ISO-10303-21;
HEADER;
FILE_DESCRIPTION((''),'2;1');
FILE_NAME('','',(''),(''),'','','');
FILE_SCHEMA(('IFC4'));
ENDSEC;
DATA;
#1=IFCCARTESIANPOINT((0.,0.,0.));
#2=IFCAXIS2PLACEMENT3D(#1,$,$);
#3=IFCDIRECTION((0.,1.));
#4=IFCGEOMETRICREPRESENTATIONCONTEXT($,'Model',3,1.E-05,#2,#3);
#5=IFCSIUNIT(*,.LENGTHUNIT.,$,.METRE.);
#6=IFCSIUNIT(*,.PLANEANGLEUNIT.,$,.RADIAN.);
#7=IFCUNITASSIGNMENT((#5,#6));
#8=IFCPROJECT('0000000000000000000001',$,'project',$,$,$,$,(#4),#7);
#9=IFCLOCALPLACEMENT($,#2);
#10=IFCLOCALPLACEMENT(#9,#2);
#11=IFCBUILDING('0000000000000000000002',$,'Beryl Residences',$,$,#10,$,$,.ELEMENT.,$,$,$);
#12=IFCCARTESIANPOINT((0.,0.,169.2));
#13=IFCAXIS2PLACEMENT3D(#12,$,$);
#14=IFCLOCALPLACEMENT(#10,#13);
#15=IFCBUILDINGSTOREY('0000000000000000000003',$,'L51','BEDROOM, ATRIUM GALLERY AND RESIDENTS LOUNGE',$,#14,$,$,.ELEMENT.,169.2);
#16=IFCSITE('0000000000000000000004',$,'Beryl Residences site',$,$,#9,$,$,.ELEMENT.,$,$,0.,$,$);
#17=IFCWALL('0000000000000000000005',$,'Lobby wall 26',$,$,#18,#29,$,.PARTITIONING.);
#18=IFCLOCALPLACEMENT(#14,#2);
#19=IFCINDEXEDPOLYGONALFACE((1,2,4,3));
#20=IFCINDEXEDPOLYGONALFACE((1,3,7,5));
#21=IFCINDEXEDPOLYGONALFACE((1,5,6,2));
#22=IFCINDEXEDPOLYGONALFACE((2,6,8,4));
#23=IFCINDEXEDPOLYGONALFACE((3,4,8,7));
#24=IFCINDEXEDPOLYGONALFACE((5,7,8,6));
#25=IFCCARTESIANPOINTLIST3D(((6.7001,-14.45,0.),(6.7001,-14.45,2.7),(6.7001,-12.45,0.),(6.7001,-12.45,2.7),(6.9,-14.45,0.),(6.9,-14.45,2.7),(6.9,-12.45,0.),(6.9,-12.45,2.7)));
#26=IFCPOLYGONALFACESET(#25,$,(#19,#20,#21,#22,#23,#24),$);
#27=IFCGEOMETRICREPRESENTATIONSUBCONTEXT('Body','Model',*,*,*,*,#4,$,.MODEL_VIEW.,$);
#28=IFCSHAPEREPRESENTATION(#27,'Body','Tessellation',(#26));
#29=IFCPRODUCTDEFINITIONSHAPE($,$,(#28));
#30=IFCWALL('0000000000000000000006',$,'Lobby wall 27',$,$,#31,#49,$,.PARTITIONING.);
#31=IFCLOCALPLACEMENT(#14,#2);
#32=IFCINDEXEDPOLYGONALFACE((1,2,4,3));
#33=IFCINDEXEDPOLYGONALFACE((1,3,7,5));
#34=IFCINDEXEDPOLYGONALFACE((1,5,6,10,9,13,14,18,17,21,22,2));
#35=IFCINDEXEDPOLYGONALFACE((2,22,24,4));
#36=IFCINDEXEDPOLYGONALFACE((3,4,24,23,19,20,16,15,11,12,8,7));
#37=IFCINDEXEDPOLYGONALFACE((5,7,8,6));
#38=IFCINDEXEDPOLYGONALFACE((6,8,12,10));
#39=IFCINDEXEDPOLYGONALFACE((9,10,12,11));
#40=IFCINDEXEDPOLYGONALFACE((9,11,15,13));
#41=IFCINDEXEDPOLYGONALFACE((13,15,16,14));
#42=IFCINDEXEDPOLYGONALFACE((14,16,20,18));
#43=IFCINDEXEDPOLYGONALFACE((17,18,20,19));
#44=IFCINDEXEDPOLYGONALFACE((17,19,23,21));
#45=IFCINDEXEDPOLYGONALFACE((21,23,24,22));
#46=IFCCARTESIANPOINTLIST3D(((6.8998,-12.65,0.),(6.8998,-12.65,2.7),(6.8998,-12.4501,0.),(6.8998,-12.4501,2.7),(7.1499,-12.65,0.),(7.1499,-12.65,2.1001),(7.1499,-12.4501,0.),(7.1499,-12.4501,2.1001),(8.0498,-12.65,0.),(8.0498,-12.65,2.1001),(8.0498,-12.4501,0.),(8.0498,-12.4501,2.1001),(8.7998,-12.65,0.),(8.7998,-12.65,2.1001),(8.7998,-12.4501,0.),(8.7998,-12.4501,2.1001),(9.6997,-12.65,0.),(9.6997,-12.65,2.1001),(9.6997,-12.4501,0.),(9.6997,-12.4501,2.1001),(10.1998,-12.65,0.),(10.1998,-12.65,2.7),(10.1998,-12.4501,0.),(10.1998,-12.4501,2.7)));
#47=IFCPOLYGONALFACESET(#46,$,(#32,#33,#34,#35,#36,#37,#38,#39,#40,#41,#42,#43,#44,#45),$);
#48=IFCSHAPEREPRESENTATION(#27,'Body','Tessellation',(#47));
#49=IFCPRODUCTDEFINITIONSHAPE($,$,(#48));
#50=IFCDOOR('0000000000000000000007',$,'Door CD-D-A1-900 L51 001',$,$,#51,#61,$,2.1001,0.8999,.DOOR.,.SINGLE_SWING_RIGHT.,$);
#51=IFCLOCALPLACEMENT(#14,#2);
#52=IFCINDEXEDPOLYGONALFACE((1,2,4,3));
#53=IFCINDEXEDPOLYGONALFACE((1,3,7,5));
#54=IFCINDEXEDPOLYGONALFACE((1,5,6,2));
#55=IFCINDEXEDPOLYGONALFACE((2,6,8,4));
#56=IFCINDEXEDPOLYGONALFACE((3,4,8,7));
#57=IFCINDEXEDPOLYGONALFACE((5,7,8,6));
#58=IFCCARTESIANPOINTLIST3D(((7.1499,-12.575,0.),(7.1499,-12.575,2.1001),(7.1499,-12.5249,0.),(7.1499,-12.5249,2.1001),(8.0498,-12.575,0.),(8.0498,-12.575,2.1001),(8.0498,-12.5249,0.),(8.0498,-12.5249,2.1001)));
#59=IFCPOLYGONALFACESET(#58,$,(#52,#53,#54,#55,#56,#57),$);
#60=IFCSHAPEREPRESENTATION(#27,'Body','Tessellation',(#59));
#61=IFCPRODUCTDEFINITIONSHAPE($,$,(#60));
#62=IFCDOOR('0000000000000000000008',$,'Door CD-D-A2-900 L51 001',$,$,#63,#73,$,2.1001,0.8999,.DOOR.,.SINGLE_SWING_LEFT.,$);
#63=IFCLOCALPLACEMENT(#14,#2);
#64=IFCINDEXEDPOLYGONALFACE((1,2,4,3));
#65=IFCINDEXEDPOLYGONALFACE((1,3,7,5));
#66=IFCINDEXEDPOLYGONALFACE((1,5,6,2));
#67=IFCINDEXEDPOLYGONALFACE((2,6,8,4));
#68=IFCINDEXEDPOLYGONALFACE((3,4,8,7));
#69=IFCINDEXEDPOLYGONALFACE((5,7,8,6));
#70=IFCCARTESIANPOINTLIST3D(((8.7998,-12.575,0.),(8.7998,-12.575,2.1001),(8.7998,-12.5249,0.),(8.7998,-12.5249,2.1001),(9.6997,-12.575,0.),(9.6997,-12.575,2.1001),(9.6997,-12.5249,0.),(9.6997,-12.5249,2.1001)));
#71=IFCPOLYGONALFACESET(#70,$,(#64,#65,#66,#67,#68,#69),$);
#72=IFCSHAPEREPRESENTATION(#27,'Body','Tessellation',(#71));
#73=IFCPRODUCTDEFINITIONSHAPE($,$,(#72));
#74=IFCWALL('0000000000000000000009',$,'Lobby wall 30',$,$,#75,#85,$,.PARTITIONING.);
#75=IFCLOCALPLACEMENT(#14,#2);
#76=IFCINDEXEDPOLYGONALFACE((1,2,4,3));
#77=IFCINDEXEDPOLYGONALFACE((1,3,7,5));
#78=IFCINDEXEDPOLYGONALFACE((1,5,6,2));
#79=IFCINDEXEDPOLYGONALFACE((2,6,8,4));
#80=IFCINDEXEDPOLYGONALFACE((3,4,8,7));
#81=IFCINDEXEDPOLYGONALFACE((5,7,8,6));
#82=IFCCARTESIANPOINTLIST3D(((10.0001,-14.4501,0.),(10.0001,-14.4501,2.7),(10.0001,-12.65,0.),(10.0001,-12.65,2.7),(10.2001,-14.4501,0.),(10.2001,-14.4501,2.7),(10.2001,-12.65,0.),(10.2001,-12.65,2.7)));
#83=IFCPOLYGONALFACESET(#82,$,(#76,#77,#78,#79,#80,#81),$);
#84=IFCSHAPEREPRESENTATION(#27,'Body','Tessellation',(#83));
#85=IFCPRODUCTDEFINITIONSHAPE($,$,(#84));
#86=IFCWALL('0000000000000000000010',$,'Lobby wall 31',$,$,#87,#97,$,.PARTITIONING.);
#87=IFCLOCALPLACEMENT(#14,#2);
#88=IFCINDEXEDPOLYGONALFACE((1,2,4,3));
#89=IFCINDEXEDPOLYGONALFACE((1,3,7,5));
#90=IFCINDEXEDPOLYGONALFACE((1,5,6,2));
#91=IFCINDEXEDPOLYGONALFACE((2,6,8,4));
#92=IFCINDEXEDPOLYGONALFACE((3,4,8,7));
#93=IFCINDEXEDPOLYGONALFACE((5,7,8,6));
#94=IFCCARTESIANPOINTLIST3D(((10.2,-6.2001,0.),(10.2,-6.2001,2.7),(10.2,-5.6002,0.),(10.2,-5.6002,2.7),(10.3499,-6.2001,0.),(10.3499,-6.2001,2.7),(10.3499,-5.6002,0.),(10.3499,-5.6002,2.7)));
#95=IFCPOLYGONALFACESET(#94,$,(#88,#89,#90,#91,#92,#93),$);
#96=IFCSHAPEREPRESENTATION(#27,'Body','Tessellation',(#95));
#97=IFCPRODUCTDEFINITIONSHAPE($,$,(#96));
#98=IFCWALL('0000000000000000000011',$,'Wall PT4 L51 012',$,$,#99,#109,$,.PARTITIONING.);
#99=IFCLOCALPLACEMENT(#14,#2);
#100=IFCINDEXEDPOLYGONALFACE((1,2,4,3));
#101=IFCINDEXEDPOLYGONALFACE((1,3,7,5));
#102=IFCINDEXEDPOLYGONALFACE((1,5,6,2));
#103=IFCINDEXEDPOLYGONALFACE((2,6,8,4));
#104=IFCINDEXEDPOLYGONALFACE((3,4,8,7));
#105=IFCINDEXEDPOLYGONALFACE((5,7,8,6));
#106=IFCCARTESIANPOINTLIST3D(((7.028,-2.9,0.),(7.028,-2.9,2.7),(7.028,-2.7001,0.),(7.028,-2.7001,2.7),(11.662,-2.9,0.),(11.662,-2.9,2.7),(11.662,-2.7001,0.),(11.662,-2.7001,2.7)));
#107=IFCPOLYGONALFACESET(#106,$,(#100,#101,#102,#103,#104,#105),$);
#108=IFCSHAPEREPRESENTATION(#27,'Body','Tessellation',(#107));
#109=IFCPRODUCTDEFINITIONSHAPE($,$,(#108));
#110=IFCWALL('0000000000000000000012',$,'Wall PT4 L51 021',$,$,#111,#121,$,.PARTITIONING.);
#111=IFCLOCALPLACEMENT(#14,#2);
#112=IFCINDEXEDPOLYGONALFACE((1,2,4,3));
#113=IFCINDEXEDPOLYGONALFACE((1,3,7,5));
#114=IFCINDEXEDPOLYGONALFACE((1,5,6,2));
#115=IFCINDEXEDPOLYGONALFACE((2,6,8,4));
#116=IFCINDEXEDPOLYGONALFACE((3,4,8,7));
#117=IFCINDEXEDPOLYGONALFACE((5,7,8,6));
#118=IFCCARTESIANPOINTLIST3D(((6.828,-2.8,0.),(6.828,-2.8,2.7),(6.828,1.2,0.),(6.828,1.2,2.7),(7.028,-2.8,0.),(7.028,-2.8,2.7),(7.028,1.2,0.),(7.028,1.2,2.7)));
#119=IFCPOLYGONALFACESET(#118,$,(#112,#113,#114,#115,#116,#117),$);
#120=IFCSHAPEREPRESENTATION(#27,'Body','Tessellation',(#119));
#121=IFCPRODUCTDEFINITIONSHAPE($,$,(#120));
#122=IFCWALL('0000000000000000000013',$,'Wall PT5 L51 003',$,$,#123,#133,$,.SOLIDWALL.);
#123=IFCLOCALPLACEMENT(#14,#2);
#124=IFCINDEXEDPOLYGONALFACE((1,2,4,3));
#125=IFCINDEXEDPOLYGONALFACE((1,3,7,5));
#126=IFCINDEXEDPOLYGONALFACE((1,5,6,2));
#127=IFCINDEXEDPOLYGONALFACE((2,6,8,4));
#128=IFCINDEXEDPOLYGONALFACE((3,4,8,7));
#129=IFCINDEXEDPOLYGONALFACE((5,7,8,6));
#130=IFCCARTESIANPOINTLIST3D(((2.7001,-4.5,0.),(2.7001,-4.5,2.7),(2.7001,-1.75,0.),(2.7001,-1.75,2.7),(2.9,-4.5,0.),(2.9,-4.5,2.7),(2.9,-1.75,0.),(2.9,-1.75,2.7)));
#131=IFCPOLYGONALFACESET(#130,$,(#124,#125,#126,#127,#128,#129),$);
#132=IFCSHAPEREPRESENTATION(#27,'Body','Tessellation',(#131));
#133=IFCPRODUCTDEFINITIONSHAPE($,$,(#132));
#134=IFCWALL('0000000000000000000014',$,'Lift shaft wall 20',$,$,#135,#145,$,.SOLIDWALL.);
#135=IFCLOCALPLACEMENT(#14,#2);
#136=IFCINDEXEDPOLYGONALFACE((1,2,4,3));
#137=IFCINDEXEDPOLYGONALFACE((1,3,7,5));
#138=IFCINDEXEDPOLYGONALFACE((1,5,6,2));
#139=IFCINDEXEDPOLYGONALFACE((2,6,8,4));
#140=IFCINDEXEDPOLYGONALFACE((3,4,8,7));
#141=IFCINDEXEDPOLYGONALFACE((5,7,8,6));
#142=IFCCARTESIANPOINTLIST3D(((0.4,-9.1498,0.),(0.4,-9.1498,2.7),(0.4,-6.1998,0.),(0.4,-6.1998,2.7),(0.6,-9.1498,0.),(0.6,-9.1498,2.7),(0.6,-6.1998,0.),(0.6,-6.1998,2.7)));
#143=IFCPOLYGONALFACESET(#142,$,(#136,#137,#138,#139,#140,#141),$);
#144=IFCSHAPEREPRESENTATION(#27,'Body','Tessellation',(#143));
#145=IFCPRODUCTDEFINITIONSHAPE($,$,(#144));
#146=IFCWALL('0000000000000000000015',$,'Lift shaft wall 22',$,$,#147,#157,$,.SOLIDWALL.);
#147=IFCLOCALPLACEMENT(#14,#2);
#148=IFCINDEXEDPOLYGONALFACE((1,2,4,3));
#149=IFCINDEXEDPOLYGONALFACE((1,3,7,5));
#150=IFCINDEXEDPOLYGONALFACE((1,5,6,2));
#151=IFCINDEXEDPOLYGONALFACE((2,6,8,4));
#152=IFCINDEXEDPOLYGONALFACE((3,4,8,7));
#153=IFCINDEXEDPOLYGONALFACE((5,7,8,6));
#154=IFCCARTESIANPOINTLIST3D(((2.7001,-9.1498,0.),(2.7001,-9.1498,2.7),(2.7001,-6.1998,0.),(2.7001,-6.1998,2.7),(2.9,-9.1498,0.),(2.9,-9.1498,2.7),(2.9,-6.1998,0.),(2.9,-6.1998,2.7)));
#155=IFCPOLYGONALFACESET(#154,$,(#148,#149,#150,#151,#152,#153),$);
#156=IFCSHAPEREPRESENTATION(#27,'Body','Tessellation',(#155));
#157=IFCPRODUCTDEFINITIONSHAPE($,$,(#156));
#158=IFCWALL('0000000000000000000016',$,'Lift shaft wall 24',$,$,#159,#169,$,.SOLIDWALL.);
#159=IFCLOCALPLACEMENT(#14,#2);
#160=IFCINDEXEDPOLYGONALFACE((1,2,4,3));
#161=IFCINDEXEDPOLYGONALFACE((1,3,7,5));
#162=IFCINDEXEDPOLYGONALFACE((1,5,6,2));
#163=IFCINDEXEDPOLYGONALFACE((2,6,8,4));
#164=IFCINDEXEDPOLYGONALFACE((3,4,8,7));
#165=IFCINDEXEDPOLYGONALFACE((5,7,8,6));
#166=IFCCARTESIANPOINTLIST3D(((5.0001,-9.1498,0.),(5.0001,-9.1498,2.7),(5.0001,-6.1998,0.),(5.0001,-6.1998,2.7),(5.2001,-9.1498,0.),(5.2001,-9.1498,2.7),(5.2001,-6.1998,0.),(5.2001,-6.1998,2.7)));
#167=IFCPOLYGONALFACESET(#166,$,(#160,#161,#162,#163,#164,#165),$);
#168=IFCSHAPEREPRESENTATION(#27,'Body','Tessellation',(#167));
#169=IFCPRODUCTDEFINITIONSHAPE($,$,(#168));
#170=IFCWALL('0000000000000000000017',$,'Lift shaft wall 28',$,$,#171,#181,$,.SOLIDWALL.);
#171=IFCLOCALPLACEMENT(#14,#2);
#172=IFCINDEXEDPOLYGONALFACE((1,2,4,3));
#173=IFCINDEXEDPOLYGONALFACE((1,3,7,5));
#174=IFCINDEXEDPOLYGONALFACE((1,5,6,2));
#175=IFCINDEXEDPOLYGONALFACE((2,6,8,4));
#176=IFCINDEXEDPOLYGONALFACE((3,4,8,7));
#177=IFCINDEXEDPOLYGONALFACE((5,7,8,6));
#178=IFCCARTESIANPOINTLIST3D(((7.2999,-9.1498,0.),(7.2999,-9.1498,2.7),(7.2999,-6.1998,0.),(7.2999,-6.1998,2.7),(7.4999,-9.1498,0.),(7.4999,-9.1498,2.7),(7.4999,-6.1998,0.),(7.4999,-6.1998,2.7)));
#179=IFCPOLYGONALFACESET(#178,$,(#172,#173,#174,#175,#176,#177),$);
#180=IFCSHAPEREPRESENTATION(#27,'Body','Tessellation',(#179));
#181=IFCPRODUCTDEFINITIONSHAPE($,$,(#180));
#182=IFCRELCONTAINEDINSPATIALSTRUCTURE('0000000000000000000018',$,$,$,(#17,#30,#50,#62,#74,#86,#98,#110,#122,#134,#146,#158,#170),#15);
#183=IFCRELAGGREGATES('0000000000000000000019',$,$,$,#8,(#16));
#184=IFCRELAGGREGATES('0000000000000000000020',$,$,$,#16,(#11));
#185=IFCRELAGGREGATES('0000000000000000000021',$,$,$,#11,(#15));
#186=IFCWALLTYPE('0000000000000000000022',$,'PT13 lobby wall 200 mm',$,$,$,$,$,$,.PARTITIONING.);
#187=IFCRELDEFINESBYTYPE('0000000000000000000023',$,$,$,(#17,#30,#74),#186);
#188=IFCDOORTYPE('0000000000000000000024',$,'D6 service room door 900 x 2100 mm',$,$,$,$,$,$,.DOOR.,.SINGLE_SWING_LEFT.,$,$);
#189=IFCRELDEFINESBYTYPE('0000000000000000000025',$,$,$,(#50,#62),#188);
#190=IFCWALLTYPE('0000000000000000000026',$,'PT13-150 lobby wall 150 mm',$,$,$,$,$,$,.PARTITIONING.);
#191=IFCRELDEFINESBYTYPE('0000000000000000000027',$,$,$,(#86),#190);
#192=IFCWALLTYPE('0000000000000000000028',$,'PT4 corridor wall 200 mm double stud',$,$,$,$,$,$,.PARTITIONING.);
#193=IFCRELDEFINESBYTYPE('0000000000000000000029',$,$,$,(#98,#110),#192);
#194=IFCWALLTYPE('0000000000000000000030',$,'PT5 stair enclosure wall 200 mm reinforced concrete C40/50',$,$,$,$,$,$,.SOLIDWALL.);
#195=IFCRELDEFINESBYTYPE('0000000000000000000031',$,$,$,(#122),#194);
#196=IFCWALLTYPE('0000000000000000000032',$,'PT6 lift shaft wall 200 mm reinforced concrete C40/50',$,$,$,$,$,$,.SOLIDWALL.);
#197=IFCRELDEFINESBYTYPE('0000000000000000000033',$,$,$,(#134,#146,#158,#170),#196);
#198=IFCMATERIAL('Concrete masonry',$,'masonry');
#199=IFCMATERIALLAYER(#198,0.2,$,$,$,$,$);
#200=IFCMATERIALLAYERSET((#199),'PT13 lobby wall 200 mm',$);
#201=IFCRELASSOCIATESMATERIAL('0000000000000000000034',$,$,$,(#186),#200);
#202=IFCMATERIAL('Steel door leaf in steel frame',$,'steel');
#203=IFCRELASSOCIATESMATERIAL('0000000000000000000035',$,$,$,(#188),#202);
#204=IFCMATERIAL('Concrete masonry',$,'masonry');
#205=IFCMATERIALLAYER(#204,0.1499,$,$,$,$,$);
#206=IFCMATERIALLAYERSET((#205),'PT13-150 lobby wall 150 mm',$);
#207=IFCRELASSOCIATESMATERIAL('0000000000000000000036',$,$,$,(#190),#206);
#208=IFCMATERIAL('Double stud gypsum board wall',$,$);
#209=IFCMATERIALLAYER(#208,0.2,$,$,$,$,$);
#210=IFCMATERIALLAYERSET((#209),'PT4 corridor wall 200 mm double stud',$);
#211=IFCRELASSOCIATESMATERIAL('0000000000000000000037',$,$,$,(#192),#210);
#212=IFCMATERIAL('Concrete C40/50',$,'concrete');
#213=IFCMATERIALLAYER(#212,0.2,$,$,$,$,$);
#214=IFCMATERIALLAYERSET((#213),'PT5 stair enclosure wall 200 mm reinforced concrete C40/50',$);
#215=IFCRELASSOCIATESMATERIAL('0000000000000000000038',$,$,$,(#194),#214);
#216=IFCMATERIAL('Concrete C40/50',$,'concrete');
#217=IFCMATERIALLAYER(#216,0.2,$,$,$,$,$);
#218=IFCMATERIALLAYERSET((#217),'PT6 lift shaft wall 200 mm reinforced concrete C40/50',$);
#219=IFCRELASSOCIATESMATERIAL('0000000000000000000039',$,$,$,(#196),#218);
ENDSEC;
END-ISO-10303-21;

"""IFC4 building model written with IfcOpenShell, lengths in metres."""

from ifc_helpers import new_model, si_unit, direction, frame, frame_2d, origin, place, context, subcontext, project, spatial, rectangle, extrude, material, layer, layer_set, type_object, element, fill, save


model = new_model("IFC4")

# Units and contexts
model_context = context("Model", 3, precision=1e-05, world=origin(), true_north=direction((0.0, 1.0)))
body_context = subcontext(model_context, "Body", "Model", "MODEL_VIEW")
ifc_project = project(units=[si_unit("LENGTHUNIT", "METRE"), si_unit("PLANEANGLEUNIT", "RADIAN")], contexts=[model_context])

# Site, building, storey
site_placement = place(None, origin())
site = spatial("IfcSite", under=ifc_project, at=site_placement, Name="Beryl Residences site", CompositionType="ELEMENT", RefElevation=0.0)
building_placement = place(site_placement, origin())
building = spatial("IfcBuilding", under=site, at=building_placement, Name="Beryl Residences", CompositionType="ELEMENT")
storey_placement = place(building_placement, frame((0.0, 0.0, 169.2)))
storey = spatial("IfcBuildingStorey", under=building, at=storey_placement, Name="L51", Description="BEDROOM, ATRIUM GALLERY AND RESIDENTS LOUNGE", CompositionType="ELEMENT", Elevation=169.2)

# Wall
ifc_material_1 = material(Name="Concrete masonry", Category="masonry")
ifc_layer_1 = layer(ifc_material_1, 0.2)
ifc_layer_set_1 = layer_set([ifc_layer_1], Name="PT13 lobby wall 200 mm")
wall_type_1 = type_object("IfcWallType", Name="PT13 lobby wall 200 mm", PredefinedType="PARTITIONING", material=ifc_layer_set_1)
wall_1_placement = place(storey_placement, frame((6.8, -14.45, 0.0), z_axis=(0.0, 0.0, 1.0), x_axis=(0.0, 1.0, 0.0)))
element("IfcWall", 1, at=wall_1_placement, inside=storey, type_object=wall_type_1, Name="Lobby wall 26", PredefinedType="PARTITIONING", context=body_context, shape_type="SweptSolid", body=[
    extrude(rectangle(XDim=2.0, YDim=0.2, at=frame_2d((1.0, 0.0))), origin(), (0.0, 0.0, 1.0), 2.7),
])

# Wall, openings, doors
wall_2_placement = place(storey_placement, frame((6.8999, -12.55, 0.0), z_axis=(0.0, 0.0, 1.0), x_axis=(1.0, 0.0, 0.0)))
wall_2 = element("IfcWall", 2, at=wall_2_placement, inside=storey, type_object=wall_type_1, Name="Lobby wall 27", PredefinedType="PARTITIONING", context=body_context, shape_type="SweptSolid", body=[
    extrude(rectangle(XDim=3.3, YDim=0.2, at=frame_2d((1.6499, 0.0))), origin(), (0.0, 0.0, 1.0), 2.7),
])
opening_1_placement = place(wall_2_placement, frame((1.1499, 0.0, 0.0), z_axis=(0.0, 0.0, 1.0), x_axis=(-1.0, 0.0, 0.0)))
opening_1 = element("IfcOpeningElement", 3, at=opening_1_placement, cuts=wall_2, PredefinedType="OPENING", context=body_context, shape_type="SweptSolid", body=[
    extrude(rectangle(XDim=0.8999, YDim=2.1001, at=frame_2d((0.45, 1.05))), frame((0.0, 0.1099, 0.0), z_axis=(0.0, -1.0, 0.0), x_axis=(1.0, 0.0, 0.0)), (0.0, 0.0, 1.0), 0.22),
])
opening_2_placement = place(wall_2_placement, frame((2.7998, 0.0, 0.0), z_axis=(0.0, 0.0, 1.0), x_axis=(-1.0, 0.0, 0.0)))
opening_2 = element("IfcOpeningElement", 4, at=opening_2_placement, cuts=wall_2, PredefinedType="OPENING", context=body_context, shape_type="SweptSolid", body=[
    extrude(rectangle(XDim=0.8999, YDim=2.1001, at=frame_2d((0.45, 1.05))), frame((0.0, 0.1099, 0.0), z_axis=(0.0, -1.0, 0.0), x_axis=(1.0, 0.0, 0.0)), (0.0, 0.0, 1.0), 0.22),
])
ifc_material_2 = material(Name="Steel door leaf in steel frame", Category="steel")
door_type = type_object("IfcDoorType", Name="D6 service room door 900 x 2100 mm", OperationType="SINGLE_SWING_LEFT", PredefinedType="DOOR", material=ifc_material_2)
door_1_placement = place(opening_1_placement, origin())
door_1 = element("IfcDoor", 5, at=door_1_placement, inside=storey, type_object=door_type, Name="Door CD-D-A1-900 L51 001", OperationType="SINGLE_SWING_RIGHT", OverallHeight=2.1001, OverallWidth=0.8999, PredefinedType="DOOR", context=body_context, shape_type="SweptSolid", body=[
    extrude(rectangle(XDim=0.8999, YDim=2.1001, at=frame_2d((0.45, 1.05))), frame((0.0, 0.0249, 0.0), z_axis=(0.0, -1.0, 0.0), x_axis=(1.0, 0.0, 0.0)), (0.0, 0.0, 1.0), 0.05),
])
fill(opening_1, door_1)
door_2_placement = place(opening_2_placement, origin())
door_2 = element("IfcDoor", 6, at=door_2_placement, inside=storey, type_object=door_type, Name="Door CD-D-A2-900 L51 001", OperationType="SINGLE_SWING_LEFT", OverallHeight=2.1001, OverallWidth=0.8999, PredefinedType="DOOR", context=body_context, shape_type="SweptSolid", body=[
    extrude(rectangle(XDim=0.8999, YDim=2.1001, at=frame_2d((0.45, 1.05))), frame((0.0, 0.0249, 0.0), z_axis=(0.0, -1.0, 0.0), x_axis=(1.0, 0.0, 0.0)), (0.0, 0.0, 1.0), 0.05),
])
fill(opening_2, door_2)

# Walls
wall_3_placement = place(storey_placement, frame((10.1001, -14.45, 0.0), z_axis=(0.0, 0.0, 1.0), x_axis=(0.0, 1.0, 0.0)))
element("IfcWall", 7, at=wall_3_placement, inside=storey, type_object=wall_type_1, Name="Lobby wall 30", PredefinedType="PARTITIONING", context=body_context, shape_type="SweptSolid", body=[
    extrude(rectangle(XDim=1.8, YDim=0.2, at=frame_2d((0.8999, 0.0))), origin(), (0.0, 0.0, 1.0), 2.7),
])
ifc_material_3 = material(Name="Concrete masonry", Category="masonry")
ifc_layer_2 = layer(ifc_material_3, 0.1499)
ifc_layer_set_2 = layer_set([ifc_layer_2], Name="PT13-150 lobby wall 150 mm")
wall_type_2 = type_object("IfcWallType", Name="PT13-150 lobby wall 150 mm", PredefinedType="PARTITIONING", material=ifc_layer_set_2)
wall_4_placement = place(storey_placement, frame((10.2749, -6.2, 0.0), z_axis=(0.0, 0.0, 1.0), x_axis=(0.0, 1.0, 0.0)))
element("IfcWall", 8, at=wall_4_placement, inside=storey, type_object=wall_type_2, Name="Lobby wall 31", PredefinedType="PARTITIONING", context=body_context, shape_type="SweptSolid", body=[
    extrude(rectangle(XDim=0.5999, YDim=0.1499, at=frame_2d((0.2998, 0.0))), origin(), (0.0, 0.0, 1.0), 2.7),
])
ifc_material_4 = material(Name="Double stud gypsum board wall")
ifc_layer_3 = layer(ifc_material_4, 0.2)
ifc_layer_set_3 = layer_set([ifc_layer_3], Name="PT4 corridor wall 200 mm double stud")
wall_type_3 = type_object("IfcWallType", Name="PT4 corridor wall 200 mm double stud", PredefinedType="PARTITIONING", material=ifc_layer_set_3)
wall_5_placement = place(storey_placement, frame((7.0281, -2.8, 0.0), z_axis=(0.0, 0.0, 1.0), x_axis=(1.0, 0.0, 0.0)))
element("IfcWall", 9, at=wall_5_placement, inside=storey, type_object=wall_type_3, Name="Wall PT4 L51 012", PredefinedType="PARTITIONING", context=body_context, shape_type="SweptSolid", body=[
    extrude(rectangle(XDim=4.634, YDim=0.2, at=frame_2d((2.3169, 0.0))), origin(), (0.0, 0.0, 1.0), 2.7),
])
wall_6_placement = place(storey_placement, frame((6.928, -2.8, 0.0), z_axis=(0.0, 0.0, 1.0), x_axis=(0.0, 1.0, 0.0)))
element("IfcWall", 10, at=wall_6_placement, inside=storey, type_object=wall_type_3, Name="Wall PT4 L51 021", PredefinedType="PARTITIONING", context=body_context, shape_type="SweptSolid", body=[
    extrude(rectangle(XDim=4.0, YDim=0.2, at=frame_2d((2.0, 0.0))), origin(), (0.0, 0.0, 1.0), 2.7),
])
ifc_material_5 = material(Name="Concrete C40/50", Category="concrete")
ifc_layer_4 = layer(ifc_material_5, 0.2)
ifc_layer_set_4 = layer_set([ifc_layer_4], Name="PT5 stair enclosure wall 200 mm reinforced concrete C40/50")
wall_type_4 = type_object("IfcWallType", Name="PT5 stair enclosure wall 200 mm reinforced concrete C40/50", PredefinedType="SOLIDWALL", material=ifc_layer_set_4)
wall_7_placement = place(storey_placement, frame((2.8, -4.5, 0.0), z_axis=(0.0, 0.0, 1.0), x_axis=(0.0, 1.0, 0.0)))
element("IfcWall", 11, at=wall_7_placement, inside=storey, type_object=wall_type_4, Name="Wall PT5 L51 003", PredefinedType="SOLIDWALL", context=body_context, shape_type="SweptSolid", body=[
    extrude(rectangle(XDim=2.75, YDim=0.2, at=frame_2d((1.375, 0.0))), origin(), (0.0, 0.0, 1.0), 2.7),
])
ifc_material_6 = material(Name="Concrete C40/50", Category="concrete")
ifc_layer_5 = layer(ifc_material_6, 0.2)
ifc_layer_set_5 = layer_set([ifc_layer_5], Name="PT6 lift shaft wall 200 mm reinforced concrete C40/50")
wall_type_5 = type_object("IfcWallType", Name="PT6 lift shaft wall 200 mm reinforced concrete C40/50", PredefinedType="SOLIDWALL", material=ifc_layer_set_5)
for number, where, z_axis, x_axis, name in (
    (12, (0.5, -9.1499, 0.0), (0.0, 0.0, 1.0), (0.0, 1.0, 0.0), "Lift shaft wall 20"),
    (13, (2.8, -9.1499, 0.0), (0.0, 0.0, 1.0), (0.0, 1.0, 0.0), "Lift shaft wall 22"),
    (14, (5.1001, -9.1499, 0.0), (0.0, 0.0, 1.0), (0.0, 1.0, 0.0), "Lift shaft wall 24"),
    (15, (7.3999, -9.1499, 0.0), (0.0, 0.0, 1.0), (0.0, 1.0, 0.0), "Lift shaft wall 28"),
):
    element("IfcWall", number, at=place(storey_placement, frame(where, z_axis=z_axis, x_axis=x_axis)), inside=storey, type_object=wall_type_5, Name=name, PredefinedType="SOLIDWALL", context=body_context, shape_type="SweptSolid", body=[
        extrude(rectangle(XDim=2.95, YDim=0.2, at=frame_2d((1.4751, 0.0))), origin(), (0.0, 0.0, 1.0), 2.7),
    ])

save(model, "model.ifc")
